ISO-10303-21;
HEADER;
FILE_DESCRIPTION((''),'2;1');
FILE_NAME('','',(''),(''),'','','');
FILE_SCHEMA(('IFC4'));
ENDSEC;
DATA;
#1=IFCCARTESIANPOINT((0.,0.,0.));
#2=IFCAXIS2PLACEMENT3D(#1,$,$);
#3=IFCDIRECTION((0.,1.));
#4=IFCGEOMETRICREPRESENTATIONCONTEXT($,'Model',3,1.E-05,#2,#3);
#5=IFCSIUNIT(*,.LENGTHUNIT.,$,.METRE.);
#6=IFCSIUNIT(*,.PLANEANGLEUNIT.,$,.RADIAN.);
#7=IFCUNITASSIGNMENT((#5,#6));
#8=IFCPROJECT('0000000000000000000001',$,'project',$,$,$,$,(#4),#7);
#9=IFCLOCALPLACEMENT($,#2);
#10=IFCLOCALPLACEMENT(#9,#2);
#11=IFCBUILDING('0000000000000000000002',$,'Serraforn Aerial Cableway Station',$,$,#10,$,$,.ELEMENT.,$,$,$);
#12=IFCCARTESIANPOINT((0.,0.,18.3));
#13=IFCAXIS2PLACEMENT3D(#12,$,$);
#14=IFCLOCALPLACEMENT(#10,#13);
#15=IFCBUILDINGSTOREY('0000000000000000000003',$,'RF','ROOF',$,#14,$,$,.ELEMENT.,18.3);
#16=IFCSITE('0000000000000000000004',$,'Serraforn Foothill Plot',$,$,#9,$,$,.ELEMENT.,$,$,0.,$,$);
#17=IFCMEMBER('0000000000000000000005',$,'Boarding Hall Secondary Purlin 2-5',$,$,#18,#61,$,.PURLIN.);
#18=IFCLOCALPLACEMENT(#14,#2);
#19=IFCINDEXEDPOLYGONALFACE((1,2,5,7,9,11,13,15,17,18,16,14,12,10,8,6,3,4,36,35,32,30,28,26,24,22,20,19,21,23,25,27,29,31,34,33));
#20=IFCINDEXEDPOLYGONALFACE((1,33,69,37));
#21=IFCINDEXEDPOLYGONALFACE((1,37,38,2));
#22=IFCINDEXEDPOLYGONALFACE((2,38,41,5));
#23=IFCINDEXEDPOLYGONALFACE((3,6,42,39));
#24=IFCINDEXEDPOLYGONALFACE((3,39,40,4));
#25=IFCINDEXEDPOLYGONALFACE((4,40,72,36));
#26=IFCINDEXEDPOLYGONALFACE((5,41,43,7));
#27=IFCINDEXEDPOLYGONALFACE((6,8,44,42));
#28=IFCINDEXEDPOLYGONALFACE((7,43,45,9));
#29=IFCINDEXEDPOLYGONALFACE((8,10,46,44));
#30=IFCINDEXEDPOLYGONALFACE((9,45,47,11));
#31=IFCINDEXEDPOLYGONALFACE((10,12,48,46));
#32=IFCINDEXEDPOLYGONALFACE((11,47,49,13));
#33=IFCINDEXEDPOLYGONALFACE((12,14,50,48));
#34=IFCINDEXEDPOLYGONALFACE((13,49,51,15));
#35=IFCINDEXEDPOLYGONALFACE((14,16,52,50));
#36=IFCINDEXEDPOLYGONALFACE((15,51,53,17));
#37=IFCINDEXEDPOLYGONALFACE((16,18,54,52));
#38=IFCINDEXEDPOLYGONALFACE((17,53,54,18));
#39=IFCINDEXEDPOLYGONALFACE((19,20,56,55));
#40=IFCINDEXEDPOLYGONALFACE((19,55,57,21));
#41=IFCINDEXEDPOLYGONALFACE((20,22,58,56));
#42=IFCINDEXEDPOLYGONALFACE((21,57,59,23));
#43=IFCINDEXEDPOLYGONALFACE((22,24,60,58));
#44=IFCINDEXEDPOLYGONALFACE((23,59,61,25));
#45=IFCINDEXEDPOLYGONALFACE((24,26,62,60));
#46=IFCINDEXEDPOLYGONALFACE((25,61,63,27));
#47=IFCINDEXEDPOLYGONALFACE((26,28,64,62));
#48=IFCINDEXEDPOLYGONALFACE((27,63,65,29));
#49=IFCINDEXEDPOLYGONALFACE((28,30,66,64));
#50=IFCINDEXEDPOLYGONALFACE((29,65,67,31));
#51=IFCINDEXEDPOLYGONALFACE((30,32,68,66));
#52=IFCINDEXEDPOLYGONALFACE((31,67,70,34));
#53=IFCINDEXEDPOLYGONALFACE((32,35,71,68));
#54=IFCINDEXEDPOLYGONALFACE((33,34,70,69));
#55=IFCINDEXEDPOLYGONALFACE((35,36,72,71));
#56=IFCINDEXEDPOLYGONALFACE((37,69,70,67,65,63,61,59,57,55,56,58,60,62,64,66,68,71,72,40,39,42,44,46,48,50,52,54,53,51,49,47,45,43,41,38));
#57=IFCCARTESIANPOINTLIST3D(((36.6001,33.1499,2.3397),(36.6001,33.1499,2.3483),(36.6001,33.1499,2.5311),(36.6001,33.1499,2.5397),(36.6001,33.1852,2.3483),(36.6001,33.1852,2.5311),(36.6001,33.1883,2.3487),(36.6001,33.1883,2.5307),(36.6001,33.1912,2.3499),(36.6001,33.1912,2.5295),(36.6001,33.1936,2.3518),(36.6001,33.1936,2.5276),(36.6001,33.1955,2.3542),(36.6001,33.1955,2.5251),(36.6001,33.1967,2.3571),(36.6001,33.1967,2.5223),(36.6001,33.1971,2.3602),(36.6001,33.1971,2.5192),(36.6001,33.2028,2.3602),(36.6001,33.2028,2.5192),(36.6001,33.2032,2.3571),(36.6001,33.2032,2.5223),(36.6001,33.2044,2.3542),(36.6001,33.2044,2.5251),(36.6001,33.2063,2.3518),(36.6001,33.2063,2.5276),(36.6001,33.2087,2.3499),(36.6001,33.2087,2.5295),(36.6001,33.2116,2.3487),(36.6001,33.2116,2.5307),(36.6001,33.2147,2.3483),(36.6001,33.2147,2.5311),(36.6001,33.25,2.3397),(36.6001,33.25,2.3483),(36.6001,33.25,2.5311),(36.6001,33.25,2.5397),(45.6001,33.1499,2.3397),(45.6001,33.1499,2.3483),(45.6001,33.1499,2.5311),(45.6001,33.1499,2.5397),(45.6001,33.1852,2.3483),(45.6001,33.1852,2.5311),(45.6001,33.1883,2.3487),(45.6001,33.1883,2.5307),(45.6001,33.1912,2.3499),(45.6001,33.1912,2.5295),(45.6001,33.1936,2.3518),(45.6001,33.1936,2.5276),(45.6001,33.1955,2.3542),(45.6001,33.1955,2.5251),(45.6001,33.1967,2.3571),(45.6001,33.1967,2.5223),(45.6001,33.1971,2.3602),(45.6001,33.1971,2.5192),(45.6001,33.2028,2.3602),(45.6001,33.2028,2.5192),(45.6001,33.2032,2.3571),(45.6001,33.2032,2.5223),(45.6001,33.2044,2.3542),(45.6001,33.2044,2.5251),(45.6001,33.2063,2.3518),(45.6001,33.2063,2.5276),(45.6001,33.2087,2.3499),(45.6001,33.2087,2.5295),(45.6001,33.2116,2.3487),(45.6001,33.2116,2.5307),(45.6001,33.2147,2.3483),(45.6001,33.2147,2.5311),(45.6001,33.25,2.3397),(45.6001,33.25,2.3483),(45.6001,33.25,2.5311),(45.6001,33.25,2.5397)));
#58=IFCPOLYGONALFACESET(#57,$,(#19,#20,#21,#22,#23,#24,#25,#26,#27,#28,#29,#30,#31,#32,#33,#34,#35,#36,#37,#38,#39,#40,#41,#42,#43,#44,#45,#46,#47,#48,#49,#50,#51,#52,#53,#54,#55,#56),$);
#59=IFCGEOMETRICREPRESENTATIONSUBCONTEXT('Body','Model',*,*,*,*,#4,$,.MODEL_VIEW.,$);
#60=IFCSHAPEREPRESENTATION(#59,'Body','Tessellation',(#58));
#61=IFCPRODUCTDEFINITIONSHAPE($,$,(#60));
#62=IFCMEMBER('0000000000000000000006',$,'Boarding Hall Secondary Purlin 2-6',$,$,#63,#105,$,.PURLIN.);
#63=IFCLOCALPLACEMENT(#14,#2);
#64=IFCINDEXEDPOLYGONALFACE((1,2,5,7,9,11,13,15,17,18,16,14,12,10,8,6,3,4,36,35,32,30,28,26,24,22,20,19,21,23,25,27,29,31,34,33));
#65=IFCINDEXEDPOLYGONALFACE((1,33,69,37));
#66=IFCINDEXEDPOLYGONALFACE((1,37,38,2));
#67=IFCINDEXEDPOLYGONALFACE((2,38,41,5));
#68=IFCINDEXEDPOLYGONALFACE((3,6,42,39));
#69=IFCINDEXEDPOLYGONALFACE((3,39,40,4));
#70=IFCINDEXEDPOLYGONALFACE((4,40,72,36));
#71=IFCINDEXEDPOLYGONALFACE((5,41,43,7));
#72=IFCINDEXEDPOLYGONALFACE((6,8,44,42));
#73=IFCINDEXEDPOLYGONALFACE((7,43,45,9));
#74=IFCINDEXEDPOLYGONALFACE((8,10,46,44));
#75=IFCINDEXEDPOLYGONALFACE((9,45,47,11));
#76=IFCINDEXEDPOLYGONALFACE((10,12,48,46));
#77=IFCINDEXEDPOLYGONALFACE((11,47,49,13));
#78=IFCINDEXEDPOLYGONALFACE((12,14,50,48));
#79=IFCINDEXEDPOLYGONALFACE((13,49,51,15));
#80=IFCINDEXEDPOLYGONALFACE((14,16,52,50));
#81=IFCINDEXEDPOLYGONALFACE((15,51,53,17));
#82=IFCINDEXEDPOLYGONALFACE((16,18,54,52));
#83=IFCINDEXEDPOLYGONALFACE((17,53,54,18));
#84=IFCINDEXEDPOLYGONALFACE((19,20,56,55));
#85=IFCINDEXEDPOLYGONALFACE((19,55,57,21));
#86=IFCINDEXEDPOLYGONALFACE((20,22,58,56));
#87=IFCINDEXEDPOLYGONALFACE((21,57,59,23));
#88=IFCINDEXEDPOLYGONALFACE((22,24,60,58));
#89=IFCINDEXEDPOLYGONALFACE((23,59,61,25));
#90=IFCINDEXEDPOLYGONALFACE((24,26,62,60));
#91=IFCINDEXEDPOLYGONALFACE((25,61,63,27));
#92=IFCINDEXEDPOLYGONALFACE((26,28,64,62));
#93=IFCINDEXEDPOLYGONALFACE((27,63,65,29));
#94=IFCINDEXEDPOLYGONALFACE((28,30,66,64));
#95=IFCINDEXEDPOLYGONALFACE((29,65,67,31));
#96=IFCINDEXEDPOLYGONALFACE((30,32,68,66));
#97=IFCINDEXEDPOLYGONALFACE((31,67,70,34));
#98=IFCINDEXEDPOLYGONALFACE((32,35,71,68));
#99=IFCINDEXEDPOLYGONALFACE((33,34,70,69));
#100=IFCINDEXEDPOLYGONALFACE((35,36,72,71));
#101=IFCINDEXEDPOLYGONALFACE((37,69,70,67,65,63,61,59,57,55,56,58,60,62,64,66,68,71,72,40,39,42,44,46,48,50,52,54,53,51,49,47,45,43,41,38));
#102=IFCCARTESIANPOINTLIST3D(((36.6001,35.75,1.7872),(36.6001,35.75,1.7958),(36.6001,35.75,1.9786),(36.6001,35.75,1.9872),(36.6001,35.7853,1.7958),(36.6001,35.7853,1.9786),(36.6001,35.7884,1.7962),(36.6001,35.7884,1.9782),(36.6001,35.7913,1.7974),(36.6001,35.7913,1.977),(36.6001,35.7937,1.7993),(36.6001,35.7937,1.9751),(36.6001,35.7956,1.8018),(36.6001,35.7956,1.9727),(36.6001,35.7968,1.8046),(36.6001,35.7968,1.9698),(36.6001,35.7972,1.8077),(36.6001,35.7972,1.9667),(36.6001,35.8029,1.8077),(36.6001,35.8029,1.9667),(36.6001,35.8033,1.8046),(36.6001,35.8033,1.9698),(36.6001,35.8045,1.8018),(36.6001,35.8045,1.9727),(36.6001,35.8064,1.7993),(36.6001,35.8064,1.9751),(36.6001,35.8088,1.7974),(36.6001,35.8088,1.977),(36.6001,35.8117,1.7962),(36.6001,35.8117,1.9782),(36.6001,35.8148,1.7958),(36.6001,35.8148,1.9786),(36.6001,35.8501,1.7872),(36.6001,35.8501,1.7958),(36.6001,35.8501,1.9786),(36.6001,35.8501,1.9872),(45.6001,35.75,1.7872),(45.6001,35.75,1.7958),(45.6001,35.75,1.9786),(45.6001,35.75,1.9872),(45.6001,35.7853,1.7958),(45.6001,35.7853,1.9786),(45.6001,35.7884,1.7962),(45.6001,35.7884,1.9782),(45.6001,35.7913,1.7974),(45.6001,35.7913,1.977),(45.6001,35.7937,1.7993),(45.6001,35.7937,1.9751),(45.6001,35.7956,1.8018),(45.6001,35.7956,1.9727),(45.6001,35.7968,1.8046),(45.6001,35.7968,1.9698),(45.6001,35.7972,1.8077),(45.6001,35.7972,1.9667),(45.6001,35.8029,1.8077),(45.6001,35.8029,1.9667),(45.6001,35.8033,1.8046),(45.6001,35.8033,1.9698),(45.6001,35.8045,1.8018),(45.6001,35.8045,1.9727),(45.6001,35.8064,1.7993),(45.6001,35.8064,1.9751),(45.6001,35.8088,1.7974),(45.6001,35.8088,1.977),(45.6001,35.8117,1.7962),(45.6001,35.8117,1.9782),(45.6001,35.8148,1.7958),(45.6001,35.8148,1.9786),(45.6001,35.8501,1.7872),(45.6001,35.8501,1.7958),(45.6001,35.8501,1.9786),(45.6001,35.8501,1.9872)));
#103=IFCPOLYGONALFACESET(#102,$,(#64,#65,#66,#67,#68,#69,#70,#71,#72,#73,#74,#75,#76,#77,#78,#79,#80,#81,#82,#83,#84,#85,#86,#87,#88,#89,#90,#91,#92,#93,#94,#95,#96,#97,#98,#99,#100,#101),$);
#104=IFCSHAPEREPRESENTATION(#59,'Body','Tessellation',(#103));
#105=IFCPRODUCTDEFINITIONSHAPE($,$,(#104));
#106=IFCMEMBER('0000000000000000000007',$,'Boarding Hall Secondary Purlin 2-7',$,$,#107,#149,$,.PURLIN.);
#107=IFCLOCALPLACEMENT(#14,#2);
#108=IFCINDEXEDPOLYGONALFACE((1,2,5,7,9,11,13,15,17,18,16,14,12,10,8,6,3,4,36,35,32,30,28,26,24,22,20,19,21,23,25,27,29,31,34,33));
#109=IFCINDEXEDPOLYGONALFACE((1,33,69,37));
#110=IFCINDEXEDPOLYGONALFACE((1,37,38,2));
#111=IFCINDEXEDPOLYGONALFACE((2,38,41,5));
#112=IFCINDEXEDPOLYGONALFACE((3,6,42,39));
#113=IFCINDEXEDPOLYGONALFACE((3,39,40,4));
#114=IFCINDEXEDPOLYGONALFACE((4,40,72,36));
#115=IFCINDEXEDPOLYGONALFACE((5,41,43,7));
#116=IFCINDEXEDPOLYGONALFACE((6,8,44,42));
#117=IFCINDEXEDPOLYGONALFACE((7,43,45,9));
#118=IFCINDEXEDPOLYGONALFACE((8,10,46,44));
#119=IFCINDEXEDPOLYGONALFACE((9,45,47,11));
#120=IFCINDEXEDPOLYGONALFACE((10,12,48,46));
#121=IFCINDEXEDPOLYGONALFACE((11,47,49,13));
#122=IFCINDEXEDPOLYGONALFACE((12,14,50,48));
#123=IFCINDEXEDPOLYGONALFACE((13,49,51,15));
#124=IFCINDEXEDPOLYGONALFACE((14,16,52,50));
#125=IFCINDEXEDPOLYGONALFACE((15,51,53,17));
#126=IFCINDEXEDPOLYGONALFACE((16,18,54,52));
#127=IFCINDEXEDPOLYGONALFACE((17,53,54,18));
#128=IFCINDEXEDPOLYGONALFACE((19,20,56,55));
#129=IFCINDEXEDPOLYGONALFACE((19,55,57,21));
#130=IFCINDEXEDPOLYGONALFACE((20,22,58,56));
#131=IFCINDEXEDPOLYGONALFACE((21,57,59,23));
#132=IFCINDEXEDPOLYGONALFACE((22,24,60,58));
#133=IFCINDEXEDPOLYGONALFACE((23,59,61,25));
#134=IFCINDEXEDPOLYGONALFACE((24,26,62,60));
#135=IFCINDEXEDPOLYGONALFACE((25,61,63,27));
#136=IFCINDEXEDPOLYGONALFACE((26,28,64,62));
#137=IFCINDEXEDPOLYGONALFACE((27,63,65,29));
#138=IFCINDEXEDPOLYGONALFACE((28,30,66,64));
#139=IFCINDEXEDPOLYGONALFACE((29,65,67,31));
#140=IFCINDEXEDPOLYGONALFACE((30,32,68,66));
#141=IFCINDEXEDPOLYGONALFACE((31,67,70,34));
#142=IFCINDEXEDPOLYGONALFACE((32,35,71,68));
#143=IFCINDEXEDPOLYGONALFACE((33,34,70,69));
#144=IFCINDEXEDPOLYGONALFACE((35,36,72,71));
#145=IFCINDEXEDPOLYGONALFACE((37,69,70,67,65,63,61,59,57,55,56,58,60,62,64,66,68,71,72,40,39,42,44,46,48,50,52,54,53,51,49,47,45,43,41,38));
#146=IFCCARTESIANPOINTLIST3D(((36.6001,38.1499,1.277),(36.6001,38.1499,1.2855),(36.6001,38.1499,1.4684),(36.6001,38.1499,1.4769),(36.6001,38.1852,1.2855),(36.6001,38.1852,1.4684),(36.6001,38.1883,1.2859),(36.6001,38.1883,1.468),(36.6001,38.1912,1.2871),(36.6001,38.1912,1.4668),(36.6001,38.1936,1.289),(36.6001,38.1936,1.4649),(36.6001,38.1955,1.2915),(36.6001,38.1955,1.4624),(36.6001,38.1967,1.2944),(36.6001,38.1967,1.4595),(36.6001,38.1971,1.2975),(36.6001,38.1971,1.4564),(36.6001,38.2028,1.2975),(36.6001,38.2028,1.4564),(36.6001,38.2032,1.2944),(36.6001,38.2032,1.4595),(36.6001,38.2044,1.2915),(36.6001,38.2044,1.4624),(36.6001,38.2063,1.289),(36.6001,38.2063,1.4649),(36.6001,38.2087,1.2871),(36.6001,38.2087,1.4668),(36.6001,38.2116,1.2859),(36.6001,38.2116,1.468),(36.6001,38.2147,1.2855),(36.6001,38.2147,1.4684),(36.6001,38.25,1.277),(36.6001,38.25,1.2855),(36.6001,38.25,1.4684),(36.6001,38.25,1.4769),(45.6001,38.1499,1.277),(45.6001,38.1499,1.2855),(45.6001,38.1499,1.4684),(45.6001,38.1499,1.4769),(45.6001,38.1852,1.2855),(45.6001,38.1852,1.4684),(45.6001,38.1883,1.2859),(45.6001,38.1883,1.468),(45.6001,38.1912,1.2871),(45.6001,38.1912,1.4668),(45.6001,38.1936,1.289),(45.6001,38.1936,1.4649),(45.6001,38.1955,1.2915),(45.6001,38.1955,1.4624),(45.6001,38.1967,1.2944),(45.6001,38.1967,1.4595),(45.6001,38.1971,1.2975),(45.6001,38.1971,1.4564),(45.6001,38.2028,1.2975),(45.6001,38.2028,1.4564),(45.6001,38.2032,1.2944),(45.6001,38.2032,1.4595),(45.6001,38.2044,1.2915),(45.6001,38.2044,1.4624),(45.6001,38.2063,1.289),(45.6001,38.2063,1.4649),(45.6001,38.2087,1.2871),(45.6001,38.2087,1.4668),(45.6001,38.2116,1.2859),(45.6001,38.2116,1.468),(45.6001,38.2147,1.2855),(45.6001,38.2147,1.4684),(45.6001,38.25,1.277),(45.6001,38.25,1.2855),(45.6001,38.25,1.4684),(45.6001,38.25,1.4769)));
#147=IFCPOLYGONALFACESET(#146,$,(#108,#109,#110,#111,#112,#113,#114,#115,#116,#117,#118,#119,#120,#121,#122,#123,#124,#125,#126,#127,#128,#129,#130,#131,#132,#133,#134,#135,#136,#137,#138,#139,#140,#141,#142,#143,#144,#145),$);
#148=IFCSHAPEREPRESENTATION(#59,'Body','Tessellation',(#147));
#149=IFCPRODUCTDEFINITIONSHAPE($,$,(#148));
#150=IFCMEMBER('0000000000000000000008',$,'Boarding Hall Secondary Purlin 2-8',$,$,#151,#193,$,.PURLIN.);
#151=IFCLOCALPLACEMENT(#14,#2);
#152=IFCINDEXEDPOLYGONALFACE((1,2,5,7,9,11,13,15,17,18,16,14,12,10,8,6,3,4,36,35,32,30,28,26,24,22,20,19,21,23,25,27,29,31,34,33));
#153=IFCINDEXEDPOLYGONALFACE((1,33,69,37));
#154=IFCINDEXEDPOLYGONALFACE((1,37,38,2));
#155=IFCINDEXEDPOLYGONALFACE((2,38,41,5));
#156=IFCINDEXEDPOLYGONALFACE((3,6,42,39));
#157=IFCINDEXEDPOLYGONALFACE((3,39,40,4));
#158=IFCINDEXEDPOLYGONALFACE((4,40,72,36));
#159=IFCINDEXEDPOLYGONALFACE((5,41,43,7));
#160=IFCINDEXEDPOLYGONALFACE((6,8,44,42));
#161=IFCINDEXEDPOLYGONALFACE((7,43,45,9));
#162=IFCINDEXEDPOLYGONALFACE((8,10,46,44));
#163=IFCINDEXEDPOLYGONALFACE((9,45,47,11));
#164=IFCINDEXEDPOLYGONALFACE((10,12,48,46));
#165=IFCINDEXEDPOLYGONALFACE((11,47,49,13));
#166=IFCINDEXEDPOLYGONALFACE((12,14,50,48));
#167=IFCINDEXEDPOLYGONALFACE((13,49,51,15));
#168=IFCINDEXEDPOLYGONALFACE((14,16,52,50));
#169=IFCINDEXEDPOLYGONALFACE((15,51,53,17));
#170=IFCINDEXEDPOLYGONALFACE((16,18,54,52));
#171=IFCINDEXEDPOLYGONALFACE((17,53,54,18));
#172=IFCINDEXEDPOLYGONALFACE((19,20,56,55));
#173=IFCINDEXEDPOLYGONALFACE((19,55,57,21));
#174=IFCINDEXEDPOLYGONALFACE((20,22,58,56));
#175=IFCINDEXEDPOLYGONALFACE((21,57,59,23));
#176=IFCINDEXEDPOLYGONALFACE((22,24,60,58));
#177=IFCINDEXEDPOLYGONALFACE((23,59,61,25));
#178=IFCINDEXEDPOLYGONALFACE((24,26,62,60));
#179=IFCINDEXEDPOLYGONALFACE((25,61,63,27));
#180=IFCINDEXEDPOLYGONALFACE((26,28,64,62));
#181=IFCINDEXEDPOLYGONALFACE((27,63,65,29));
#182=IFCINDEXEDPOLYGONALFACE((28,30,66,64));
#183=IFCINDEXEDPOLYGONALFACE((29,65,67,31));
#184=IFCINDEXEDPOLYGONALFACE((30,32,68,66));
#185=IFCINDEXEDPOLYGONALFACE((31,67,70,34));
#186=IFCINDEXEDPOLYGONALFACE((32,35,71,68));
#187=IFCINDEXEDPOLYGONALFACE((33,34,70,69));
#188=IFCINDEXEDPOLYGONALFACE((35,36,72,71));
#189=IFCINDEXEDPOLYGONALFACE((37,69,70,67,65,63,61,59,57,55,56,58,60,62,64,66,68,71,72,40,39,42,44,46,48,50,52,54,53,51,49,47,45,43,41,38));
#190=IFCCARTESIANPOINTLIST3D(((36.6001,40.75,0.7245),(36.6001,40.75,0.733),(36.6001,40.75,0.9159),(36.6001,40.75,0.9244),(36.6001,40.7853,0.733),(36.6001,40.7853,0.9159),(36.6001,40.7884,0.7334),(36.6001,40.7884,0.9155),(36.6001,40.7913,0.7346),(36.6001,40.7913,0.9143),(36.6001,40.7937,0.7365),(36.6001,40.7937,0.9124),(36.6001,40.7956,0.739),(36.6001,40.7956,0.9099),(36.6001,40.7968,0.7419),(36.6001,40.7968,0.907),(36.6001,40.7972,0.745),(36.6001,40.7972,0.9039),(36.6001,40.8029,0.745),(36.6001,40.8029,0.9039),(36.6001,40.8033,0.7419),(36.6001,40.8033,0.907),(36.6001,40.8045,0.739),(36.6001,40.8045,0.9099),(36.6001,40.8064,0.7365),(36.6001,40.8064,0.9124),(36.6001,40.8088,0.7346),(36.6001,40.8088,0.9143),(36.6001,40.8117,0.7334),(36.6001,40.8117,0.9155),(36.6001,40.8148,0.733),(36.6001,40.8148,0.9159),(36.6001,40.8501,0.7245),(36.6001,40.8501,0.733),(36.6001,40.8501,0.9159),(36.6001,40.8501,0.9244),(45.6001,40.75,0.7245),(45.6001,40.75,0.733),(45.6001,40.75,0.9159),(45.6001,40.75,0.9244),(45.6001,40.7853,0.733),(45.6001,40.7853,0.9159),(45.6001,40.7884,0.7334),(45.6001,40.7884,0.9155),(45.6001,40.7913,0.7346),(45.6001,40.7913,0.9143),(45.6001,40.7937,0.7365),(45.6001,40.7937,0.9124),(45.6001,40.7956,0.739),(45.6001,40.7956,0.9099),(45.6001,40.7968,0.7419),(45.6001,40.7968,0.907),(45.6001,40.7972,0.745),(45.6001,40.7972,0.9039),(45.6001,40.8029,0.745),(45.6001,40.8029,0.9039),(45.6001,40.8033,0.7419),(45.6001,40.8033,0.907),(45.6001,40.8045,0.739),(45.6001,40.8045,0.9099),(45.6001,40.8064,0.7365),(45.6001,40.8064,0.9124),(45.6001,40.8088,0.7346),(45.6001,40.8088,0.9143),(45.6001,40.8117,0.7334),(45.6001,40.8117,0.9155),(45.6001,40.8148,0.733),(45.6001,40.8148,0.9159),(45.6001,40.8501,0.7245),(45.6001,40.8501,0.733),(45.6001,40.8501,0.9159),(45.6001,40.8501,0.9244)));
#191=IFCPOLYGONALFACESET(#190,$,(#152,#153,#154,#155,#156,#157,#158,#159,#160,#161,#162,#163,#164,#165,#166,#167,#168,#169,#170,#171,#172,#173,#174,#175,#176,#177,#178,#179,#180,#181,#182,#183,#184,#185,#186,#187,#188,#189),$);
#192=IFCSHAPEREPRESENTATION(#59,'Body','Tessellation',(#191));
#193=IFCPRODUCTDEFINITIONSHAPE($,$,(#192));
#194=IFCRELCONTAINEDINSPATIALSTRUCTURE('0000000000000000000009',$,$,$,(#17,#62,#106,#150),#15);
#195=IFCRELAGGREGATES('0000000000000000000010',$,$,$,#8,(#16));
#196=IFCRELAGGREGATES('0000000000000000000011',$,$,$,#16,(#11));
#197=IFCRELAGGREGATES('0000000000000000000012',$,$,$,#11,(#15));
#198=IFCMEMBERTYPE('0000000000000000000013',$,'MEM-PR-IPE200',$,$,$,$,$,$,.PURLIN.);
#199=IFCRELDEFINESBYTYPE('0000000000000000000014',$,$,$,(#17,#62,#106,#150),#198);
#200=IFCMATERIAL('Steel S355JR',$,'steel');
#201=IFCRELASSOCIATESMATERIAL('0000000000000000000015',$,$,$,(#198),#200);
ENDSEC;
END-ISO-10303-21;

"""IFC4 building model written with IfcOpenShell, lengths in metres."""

from ifc_helpers import new_model, si_unit, direction, frame, origin, origin_2d, place, context, subcontext, project, spatial, i_section, extrude, material, material_profile, profile_set, type_object, element, save


model = new_model("IFC4")

# Units and contexts
model_context = context("Model", 3, precision=1e-05, world=origin(), true_north=direction((0.0, 1.0)))
body_context = subcontext(model_context, "Body", "Model", "MODEL_VIEW")
ifc_project = project(units=[si_unit("LENGTHUNIT", "METRE"), si_unit("PLANEANGLEUNIT", "RADIAN")], contexts=[model_context])

# Site, building, storey
site_placement = place(None, origin())
site = spatial("IfcSite", under=ifc_project, at=site_placement, Name="Serraforn Foothill Plot", CompositionType="ELEMENT", RefElevation=0.0)
building_placement = place(site_placement, origin())
building = spatial("IfcBuilding", under=site, at=building_placement, Name="Serraforn Aerial Cableway Station", CompositionType="ELEMENT")
storey_placement = place(building_placement, frame((0.0, 0.0, 18.3)))
storey = spatial("IfcBuildingStorey", under=building, at=storey_placement, Name="RF", Description="ROOF", CompositionType="ELEMENT", Elevation=18.3)

# Members
ifc_material_1 = material(Name="Steel S355JR", Category="steel")
ifc_material_profile_1 = material_profile(ifc_material_1, i_section(OverallWidth=0.1001, OverallDepth=0.2, WebThickness=0.0056, FlangeThickness=0.0085, FilletRadius=0.012, at=origin_2d()), Name="IPE 200")
ifc_profile_set_1 = profile_set([ifc_material_profile_1], Name="Steel S355JR")
member_type_1 = type_object("IfcMemberType", Name="MEM-PR-IPE200", PredefinedType="PURLIN", material=ifc_profile_set_1)
for number, where, z_axis, x_axis, name in (
    (1, (36.6001, 33.2, 2.4397), (1.0, 0.0, 0.0), (0.0, 1.0, 0.0), "Boarding Hall Secondary Purlin 2-5"),
    (2, (36.6001, 35.8, 1.8872), (1.0, 0.0, 0.0), (0.0, 1.0, 0.0), "Boarding Hall Secondary Purlin 2-6"),
    (3, (36.6001, 38.2, 1.377), (1.0, 0.0, 0.0), (0.0, 1.0, 0.0), "Boarding Hall Secondary Purlin 2-7"),
    (4, (36.6001, 40.8, 0.8245), (1.0, 0.0, 0.0), (0.0, 1.0, 0.0), "Boarding Hall Secondary Purlin 2-8"),
):
    element("IfcMember", number, at=place(storey_placement, frame(where, z_axis=z_axis, x_axis=x_axis)), inside=storey, type_object=member_type_1, Name=name, PredefinedType="PURLIN", context=body_context, shape_type="SweptSolid", body=[
        extrude(i_section(OverallWidth=0.1001, OverallDepth=0.2, WebThickness=0.0056, FlangeThickness=0.0085, FilletRadius=0.012, at=origin_2d()), origin(), (0.0, 0.0, 1.0), 9.0),
    ])

save(model, "model.ifc")
